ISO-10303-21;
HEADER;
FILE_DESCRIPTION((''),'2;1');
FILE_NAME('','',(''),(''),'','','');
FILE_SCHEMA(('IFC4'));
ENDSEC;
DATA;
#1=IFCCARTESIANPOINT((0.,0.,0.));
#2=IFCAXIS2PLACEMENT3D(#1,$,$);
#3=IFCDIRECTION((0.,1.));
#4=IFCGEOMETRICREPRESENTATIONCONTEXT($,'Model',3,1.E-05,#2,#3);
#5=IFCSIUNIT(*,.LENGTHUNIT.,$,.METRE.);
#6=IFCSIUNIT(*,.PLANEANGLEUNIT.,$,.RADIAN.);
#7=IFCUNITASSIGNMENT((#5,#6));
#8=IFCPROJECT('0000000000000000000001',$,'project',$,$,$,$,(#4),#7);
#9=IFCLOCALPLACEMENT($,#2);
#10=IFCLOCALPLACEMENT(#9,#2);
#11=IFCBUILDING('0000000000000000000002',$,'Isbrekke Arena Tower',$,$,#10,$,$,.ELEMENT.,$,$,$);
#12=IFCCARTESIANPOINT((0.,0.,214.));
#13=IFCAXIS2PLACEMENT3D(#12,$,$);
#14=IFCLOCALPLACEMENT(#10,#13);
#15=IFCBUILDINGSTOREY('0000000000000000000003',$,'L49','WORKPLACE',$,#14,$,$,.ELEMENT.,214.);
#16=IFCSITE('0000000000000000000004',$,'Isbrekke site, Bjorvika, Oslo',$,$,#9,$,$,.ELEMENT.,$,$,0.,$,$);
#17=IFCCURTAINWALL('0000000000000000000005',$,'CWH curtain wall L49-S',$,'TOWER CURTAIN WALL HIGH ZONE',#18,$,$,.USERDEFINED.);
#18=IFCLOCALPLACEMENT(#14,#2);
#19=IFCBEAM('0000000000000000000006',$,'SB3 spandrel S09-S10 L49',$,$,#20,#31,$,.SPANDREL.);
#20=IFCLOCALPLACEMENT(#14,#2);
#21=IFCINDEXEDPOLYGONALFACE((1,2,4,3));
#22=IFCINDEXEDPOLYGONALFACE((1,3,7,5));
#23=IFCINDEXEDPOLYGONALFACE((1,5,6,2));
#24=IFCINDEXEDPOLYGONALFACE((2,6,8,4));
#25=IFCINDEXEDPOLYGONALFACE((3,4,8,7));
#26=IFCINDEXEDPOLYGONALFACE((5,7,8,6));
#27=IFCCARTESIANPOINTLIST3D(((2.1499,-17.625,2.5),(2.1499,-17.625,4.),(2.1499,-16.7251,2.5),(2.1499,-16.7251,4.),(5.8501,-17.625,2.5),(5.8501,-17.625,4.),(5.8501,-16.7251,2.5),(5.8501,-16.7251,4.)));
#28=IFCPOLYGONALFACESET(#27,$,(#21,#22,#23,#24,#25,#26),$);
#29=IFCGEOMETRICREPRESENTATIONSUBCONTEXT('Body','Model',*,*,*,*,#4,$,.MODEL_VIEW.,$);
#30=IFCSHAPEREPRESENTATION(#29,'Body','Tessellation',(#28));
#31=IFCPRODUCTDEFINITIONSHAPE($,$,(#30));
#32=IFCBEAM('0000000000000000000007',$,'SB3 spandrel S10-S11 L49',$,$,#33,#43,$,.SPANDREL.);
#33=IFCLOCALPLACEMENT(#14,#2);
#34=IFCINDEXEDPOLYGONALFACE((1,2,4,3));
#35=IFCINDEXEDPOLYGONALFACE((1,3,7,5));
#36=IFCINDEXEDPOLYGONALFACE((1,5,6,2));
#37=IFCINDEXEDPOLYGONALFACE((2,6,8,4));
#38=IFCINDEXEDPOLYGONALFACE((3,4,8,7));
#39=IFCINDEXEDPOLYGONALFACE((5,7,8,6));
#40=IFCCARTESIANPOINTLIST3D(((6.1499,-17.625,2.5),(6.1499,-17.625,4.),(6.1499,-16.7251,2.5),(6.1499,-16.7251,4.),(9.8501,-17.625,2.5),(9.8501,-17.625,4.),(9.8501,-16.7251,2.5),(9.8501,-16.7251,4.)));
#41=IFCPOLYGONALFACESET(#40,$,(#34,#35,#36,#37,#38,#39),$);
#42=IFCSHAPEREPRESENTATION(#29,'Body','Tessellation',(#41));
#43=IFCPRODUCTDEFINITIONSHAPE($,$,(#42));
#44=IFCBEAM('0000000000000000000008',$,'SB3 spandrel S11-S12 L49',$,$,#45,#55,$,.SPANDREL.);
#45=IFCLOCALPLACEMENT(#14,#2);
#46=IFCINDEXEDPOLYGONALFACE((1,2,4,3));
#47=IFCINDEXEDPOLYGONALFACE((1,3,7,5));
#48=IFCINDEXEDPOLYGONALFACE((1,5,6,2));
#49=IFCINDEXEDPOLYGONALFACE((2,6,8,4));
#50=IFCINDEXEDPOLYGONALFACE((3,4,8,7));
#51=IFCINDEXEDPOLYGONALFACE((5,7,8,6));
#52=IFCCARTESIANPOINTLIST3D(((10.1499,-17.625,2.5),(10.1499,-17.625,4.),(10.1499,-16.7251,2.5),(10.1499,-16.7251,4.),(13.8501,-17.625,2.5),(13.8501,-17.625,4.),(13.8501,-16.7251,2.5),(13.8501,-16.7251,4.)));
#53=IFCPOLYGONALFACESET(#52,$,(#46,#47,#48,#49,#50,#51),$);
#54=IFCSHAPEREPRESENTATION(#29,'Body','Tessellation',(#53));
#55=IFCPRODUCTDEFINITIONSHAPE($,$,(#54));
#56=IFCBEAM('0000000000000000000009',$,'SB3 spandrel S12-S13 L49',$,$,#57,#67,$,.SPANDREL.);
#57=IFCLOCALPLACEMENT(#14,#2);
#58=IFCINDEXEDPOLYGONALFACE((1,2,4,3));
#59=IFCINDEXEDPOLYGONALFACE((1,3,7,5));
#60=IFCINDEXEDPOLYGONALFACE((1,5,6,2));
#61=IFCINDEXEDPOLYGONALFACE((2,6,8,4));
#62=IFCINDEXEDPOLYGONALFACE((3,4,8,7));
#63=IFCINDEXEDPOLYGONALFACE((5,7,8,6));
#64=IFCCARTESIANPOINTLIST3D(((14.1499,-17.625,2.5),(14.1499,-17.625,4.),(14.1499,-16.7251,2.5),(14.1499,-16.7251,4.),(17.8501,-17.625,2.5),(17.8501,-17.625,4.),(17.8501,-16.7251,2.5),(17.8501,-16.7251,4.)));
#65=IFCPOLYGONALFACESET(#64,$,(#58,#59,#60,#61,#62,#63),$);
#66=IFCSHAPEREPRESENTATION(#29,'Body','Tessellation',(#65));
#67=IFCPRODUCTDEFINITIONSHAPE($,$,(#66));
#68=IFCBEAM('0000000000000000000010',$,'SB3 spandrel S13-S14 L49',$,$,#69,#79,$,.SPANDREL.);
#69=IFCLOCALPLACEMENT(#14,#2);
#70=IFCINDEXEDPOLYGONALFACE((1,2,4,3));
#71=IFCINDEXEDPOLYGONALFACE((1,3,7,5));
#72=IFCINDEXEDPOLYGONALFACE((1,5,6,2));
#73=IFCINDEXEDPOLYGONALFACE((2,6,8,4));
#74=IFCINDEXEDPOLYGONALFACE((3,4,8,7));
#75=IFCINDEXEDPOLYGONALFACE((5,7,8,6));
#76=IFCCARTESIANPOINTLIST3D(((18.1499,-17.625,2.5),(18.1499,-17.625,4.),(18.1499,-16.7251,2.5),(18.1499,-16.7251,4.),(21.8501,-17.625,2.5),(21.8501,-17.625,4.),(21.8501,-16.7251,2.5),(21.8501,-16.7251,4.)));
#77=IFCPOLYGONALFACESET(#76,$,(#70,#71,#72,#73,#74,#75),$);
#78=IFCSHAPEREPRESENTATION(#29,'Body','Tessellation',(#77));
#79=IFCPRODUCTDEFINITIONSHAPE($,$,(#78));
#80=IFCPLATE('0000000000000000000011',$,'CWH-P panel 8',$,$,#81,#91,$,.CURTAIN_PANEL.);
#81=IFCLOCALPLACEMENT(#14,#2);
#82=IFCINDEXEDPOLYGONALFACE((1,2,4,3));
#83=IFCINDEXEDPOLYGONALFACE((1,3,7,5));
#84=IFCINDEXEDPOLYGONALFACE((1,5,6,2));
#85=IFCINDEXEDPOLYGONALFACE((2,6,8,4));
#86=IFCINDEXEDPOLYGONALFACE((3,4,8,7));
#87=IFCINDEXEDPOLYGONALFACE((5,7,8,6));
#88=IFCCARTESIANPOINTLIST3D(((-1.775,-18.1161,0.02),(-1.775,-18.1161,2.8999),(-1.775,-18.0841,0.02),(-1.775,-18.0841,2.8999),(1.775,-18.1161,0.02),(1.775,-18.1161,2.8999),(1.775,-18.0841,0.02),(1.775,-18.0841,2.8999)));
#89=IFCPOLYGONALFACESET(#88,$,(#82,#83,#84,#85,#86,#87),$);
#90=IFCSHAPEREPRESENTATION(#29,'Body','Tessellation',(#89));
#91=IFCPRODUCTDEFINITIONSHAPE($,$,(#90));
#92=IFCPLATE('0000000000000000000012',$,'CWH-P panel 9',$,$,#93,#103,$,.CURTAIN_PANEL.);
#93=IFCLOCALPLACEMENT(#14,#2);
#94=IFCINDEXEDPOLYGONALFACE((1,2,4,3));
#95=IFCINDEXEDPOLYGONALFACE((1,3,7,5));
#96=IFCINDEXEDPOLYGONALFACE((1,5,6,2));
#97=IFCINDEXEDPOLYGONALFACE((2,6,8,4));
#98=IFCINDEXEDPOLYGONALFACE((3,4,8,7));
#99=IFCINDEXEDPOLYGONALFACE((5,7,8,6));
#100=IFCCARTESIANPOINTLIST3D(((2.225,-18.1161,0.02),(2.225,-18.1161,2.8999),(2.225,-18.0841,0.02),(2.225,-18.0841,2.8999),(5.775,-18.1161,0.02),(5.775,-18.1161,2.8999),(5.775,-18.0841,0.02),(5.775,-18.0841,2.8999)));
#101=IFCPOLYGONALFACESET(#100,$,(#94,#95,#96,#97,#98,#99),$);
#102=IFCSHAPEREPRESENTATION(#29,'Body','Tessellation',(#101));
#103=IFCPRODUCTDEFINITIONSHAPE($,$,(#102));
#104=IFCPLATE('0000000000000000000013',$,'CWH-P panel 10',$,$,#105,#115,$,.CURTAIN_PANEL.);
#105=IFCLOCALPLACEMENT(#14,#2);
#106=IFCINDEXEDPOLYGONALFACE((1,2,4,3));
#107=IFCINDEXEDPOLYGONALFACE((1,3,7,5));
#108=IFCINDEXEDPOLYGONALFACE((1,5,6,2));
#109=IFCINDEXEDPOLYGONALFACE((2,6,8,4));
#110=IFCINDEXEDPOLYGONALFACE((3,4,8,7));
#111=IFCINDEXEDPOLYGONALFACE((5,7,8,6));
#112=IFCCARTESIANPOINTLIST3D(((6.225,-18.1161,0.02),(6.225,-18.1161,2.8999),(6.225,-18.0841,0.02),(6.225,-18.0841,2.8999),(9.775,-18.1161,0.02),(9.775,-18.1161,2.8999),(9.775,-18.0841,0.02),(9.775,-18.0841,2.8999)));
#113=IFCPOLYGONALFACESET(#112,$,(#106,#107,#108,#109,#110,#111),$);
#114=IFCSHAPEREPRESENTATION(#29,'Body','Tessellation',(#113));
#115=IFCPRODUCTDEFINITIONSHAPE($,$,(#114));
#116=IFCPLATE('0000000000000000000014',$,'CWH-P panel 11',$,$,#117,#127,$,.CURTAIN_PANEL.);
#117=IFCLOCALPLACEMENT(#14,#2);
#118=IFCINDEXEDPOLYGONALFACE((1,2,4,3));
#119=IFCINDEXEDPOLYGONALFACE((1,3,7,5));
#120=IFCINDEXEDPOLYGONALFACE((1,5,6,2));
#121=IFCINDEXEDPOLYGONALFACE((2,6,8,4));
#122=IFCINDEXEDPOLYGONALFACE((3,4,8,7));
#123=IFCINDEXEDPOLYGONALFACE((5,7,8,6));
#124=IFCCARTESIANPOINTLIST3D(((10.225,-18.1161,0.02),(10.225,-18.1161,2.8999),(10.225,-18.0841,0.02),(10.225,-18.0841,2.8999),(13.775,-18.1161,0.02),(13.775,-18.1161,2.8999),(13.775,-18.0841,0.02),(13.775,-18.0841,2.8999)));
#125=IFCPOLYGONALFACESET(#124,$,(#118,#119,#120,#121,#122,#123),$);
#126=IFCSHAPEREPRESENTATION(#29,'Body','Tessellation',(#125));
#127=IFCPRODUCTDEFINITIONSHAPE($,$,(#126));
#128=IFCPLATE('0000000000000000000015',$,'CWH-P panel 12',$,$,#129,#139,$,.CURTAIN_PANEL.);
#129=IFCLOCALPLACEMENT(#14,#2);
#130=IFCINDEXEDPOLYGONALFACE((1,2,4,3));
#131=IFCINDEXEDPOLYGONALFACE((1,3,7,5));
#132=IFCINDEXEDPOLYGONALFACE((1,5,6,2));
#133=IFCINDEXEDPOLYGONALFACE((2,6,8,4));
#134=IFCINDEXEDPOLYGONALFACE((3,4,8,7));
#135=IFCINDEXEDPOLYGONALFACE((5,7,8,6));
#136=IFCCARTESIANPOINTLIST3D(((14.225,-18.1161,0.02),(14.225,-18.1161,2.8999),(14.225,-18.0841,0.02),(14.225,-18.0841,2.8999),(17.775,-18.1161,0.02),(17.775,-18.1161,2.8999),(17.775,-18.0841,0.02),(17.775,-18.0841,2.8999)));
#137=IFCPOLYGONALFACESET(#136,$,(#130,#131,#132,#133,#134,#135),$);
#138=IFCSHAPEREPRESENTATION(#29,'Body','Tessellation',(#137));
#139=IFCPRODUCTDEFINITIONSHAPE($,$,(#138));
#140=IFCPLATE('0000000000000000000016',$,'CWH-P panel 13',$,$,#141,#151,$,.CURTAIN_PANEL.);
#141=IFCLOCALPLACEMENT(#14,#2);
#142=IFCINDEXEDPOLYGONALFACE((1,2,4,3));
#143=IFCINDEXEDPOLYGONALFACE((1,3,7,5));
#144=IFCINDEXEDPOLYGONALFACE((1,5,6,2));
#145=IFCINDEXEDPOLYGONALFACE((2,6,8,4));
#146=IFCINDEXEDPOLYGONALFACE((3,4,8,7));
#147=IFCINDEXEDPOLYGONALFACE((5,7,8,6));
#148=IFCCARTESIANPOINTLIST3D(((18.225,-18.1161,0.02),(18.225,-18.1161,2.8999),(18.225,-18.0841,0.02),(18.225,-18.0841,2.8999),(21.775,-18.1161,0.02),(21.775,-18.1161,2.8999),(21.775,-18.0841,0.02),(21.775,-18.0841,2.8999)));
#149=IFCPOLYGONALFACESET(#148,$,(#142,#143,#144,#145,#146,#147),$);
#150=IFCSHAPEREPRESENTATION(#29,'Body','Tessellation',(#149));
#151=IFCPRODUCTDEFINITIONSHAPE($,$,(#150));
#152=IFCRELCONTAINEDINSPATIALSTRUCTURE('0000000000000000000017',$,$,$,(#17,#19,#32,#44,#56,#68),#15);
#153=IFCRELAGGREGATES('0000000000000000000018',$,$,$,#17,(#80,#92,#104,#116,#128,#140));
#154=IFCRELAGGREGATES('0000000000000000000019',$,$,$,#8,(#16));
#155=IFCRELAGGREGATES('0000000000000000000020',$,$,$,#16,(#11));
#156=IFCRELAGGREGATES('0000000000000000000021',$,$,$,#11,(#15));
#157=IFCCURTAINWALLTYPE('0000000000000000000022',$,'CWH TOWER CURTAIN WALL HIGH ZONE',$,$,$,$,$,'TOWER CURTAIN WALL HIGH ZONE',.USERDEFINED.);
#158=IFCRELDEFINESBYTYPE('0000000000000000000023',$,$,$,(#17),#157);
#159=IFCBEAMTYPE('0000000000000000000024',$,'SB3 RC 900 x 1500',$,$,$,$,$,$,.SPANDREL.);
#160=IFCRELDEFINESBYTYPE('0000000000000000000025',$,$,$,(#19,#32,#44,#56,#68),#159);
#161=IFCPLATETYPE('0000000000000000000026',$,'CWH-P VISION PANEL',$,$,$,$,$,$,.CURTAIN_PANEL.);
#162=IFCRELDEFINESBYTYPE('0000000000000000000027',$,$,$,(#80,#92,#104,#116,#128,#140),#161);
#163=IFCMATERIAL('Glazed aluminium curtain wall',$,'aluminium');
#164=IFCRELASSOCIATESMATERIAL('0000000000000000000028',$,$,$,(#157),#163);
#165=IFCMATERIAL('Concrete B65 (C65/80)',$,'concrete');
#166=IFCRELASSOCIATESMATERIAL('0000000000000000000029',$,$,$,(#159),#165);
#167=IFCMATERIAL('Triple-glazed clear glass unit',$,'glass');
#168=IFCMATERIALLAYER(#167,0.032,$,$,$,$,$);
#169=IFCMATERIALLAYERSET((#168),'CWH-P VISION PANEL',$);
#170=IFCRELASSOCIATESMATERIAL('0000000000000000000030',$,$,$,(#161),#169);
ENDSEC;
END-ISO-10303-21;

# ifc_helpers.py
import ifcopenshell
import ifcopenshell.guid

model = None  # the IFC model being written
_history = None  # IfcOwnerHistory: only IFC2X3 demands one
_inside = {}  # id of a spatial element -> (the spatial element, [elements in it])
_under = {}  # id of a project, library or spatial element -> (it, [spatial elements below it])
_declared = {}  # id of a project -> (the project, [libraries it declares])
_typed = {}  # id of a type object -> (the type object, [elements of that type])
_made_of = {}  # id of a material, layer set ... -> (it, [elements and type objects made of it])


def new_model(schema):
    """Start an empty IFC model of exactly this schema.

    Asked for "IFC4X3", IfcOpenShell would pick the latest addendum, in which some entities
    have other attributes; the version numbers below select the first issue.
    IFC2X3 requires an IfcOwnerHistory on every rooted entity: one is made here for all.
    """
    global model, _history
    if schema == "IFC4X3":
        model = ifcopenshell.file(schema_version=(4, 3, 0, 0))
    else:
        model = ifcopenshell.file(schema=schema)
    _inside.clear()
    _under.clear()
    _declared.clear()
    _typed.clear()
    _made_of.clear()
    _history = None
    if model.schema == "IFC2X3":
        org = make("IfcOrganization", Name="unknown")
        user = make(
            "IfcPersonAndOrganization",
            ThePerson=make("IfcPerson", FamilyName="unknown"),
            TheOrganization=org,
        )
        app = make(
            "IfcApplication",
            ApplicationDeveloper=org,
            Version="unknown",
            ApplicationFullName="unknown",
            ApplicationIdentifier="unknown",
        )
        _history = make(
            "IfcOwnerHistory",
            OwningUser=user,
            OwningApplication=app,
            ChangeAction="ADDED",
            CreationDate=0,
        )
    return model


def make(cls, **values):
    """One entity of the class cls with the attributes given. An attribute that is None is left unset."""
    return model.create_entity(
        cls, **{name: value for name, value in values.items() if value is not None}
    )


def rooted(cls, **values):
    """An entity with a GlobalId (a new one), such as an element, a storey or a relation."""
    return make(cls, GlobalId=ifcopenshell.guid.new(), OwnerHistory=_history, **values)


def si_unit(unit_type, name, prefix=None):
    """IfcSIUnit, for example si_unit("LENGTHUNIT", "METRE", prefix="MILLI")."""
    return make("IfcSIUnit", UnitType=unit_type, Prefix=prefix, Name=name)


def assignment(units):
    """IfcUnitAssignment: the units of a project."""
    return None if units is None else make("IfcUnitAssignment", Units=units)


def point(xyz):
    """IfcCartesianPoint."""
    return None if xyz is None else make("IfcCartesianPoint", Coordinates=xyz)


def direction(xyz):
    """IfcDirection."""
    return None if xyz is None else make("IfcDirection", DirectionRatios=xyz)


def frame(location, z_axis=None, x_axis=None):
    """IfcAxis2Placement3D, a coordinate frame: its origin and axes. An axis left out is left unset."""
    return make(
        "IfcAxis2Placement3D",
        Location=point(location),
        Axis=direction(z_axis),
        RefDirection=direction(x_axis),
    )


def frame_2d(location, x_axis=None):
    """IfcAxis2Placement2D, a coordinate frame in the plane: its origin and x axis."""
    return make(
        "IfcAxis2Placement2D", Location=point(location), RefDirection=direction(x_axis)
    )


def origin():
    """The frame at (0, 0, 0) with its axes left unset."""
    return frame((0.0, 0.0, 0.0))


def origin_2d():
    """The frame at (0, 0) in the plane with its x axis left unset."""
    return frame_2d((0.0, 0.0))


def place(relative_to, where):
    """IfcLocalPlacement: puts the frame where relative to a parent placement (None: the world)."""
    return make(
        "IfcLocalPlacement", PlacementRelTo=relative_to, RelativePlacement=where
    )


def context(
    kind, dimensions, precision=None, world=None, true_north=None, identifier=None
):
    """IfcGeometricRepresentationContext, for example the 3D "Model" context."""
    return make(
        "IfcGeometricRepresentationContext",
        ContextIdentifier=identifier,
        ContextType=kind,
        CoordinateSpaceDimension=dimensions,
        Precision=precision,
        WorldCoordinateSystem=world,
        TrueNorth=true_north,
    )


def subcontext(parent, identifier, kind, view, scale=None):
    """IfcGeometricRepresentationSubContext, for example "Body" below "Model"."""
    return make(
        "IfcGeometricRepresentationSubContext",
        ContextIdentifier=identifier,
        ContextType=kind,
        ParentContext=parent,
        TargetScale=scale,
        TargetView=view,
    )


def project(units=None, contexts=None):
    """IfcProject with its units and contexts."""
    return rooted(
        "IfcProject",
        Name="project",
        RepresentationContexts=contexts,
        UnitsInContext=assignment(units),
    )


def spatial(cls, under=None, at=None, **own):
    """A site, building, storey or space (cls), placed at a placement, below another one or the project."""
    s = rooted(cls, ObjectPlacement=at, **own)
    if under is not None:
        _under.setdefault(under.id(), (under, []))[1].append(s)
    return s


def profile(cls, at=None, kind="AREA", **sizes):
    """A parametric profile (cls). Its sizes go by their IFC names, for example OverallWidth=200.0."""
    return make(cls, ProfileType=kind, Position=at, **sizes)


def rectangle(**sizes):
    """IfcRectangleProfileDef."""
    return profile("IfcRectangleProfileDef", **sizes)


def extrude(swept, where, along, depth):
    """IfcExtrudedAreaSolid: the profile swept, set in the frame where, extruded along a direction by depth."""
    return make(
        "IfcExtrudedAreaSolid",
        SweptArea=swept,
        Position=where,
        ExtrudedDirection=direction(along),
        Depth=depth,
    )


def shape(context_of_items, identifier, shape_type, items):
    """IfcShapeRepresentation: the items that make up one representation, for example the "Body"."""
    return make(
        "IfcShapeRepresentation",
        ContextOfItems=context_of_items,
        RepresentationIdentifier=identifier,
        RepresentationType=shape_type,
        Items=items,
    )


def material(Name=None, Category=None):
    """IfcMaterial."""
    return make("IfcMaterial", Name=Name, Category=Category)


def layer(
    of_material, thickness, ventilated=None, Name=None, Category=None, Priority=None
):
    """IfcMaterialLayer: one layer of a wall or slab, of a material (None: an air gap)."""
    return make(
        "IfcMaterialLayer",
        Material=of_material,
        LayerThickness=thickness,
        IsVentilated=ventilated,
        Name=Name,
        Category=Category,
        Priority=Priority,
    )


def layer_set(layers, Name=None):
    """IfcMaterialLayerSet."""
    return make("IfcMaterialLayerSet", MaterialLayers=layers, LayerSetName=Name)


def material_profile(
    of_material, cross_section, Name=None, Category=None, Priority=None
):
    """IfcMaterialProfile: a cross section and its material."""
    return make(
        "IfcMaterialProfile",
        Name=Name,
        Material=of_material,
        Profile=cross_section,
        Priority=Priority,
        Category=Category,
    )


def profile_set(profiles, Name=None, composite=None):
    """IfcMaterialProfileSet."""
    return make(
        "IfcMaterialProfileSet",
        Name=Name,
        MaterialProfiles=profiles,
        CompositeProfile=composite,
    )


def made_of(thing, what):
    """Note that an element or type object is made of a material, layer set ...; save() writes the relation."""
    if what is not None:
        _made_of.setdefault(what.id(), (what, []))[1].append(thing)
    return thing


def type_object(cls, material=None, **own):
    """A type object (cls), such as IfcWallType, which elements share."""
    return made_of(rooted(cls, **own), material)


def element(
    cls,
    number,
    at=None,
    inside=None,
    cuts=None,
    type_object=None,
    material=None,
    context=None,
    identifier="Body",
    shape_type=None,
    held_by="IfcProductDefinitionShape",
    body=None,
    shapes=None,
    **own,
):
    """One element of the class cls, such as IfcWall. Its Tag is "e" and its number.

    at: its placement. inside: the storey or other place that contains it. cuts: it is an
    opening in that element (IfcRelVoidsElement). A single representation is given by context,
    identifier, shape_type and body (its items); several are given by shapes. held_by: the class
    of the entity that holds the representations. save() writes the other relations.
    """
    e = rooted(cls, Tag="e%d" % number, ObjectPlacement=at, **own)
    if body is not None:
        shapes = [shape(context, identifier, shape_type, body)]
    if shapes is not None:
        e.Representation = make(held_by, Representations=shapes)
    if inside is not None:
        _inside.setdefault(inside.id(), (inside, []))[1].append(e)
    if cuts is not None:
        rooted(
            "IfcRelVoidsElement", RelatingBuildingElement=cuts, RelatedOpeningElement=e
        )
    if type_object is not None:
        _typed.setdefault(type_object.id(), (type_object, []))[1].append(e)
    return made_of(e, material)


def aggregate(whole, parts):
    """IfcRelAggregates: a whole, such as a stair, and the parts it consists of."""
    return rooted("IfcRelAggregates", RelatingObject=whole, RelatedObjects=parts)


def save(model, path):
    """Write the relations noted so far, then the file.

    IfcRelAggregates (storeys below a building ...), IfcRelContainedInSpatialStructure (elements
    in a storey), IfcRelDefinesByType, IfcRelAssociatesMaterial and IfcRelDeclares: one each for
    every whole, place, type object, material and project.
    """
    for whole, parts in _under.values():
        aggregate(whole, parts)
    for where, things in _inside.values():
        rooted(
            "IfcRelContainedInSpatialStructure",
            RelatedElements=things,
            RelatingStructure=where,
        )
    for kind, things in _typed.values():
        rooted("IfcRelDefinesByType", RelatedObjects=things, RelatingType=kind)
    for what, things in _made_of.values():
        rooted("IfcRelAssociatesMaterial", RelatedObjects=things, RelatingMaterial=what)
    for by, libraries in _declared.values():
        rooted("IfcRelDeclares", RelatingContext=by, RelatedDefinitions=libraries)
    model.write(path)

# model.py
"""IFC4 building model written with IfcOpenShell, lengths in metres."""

from ifc_helpers import new_model, si_unit, direction, frame, origin, origin_2d, place, context, subcontext, project, spatial, rectangle, extrude, material, layer, layer_set, material_profile, profile_set, type_object, element, aggregate, save


model = new_model("IFC4")

# Units and contexts
model_context = context("Model", 3, precision=1e-05, world=origin(), true_north=direction((0.0, 1.0)))
body_context = subcontext(model_context, "Body", "Model", "MODEL_VIEW")
ifc_project = project(units=[si_unit("LENGTHUNIT", "METRE"), si_unit("PLANEANGLEUNIT", "RADIAN")], contexts=[model_context])

# Site, building, storey
site_placement = place(None, origin())
site = spatial("IfcSite", under=ifc_project, at=site_placement, Name="Isbrekke site, Bjorvika, Oslo", CompositionType="ELEMENT", RefElevation=0.0)
building_placement = place(site_placement, origin())
building = spatial("IfcBuilding", under=site, at=building_placement, Name="Isbrekke Arena Tower", CompositionType="ELEMENT")
storey_placement = place(building_placement, frame((0.0, 0.0, 214.0)))
storey = spatial("IfcBuildingStorey", under=building, at=storey_placement, Name="L49", Description="WORKPLACE", CompositionType="ELEMENT", Elevation=214.0)

# Curtain wall
ifc_material_1 = material(Name="Glazed aluminium curtain wall", Category="aluminium")
curtain_wall_type = type_object("IfcCurtainWallType", Name="CWH TOWER CURTAIN WALL HIGH ZONE", ElementType="TOWER CURTAIN WALL HIGH ZONE", PredefinedType="USERDEFINED", material=ifc_material_1)
curtain_wall_placement = place(storey_placement, origin())
curtain_wall = element("IfcCurtainWall", 1, at=curtain_wall_placement, inside=storey, type_object=curtain_wall_type, Name="CWH curtain wall L49-S", ObjectType="TOWER CURTAIN WALL HIGH ZONE", PredefinedType="USERDEFINED")

# Beams
ifc_material_2 = material(Name="Concrete B65 (C65/80)", Category="concrete")
ifc_material_profile_1 = material_profile(ifc_material_2, rectangle(XDim=0.8999, YDim=1.5, at=origin_2d()), Name="RC 900x1500")
ifc_profile_set_1 = profile_set([ifc_material_profile_1], Name="Concrete B65 (C65/80)")
beam_type = type_object("IfcBeamType", Name="SB3 RC 900 x 1500", PredefinedType="SPANDREL", material=ifc_profile_set_1)
for number, where, z_axis, x_axis, name in (
    (2, (2.1499, -17.175, 3.25), (1.0, 0.0, 0.0), (0.0, 1.0, 0.0), "SB3 spandrel S09-S10 L49"),
    (3, (6.1499, -17.175, 3.25), (1.0, 0.0, 0.0), (0.0, 1.0, 0.0), "SB3 spandrel S10-S11 L49"),
    (4, (10.1499, -17.175, 3.25), (1.0, 0.0, 0.0), (0.0, 1.0, 0.0), "SB3 spandrel S11-S12 L49"),
    (5, (14.1499, -17.175, 3.25), (1.0, 0.0, 0.0), (0.0, 1.0, 0.0), "SB3 spandrel S12-S13 L49"),
    (6, (18.1499, -17.175, 3.25), (1.0, 0.0, 0.0), (0.0, 1.0, 0.0), "SB3 spandrel S13-S14 L49"),
):
    element("IfcBeam", number, at=place(storey_placement, frame(where, z_axis=z_axis, x_axis=x_axis)), inside=storey, type_object=beam_type, Name=name, PredefinedType="SPANDREL", context=body_context, shape_type="SweptSolid", body=[
        extrude(rectangle(XDim=0.8999, YDim=1.5, at=origin_2d()), origin(), (0.0, 0.0, 1.0), 3.7002),
    ])

# Plates
ifc_material_3 = material(Name="Triple-glazed clear glass unit", Category="glass")
ifc_layer = layer(ifc_material_3, 0.032)
ifc_layer_set = layer_set([ifc_layer], Name="CWH-P VISION PANEL")
plate_type = type_object("IfcPlateType", Name="CWH-P VISION PANEL", PredefinedType="CURTAIN_PANEL", material=ifc_layer_set)
plate_1_placement = place(storey_placement, frame((0.0, -18.1001, 0.02), z_axis=(0.0, 0.0, 1.0), x_axis=(1.0, 0.0, 0.0)))
plate_1 = element("IfcPlate", 7, at=plate_1_placement, type_object=plate_type, Name="CWH-P panel 8", PredefinedType="CURTAIN_PANEL", context=body_context, shape_type="SweptSolid", body=[
    extrude(rectangle(XDim=3.55, YDim=0.032, at=origin_2d()), origin(), (0.0, 0.0, 1.0), 2.8799),
])
plate_2_placement = place(storey_placement, frame((4.0, -18.1001, 0.02), z_axis=(0.0, 0.0, 1.0), x_axis=(1.0, 0.0, 0.0)))
plate_2 = element("IfcPlate", 8, at=plate_2_placement, type_object=plate_type, Name="CWH-P panel 9", PredefinedType="CURTAIN_PANEL", context=body_context, shape_type="SweptSolid", body=[
    extrude(rectangle(XDim=3.55, YDim=0.032, at=origin_2d()), origin(), (0.0, 0.0, 1.0), 2.8799),
])
plate_3_placement = place(storey_placement, frame((8.0, -18.1001, 0.02), z_axis=(0.0, 0.0, 1.0), x_axis=(1.0, 0.0, 0.0)))
plate_3 = element("IfcPlate", 9, at=plate_3_placement, type_object=plate_type, Name="CWH-P panel 10", PredefinedType="CURTAIN_PANEL", context=body_context, shape_type="SweptSolid", body=[
    extrude(rectangle(XDim=3.55, YDim=0.032, at=origin_2d()), origin(), (0.0, 0.0, 1.0), 2.8799),
])
plate_4_placement = place(storey_placement, frame((12.0, -18.1001, 0.02), z_axis=(0.0, 0.0, 1.0), x_axis=(1.0, 0.0, 0.0)))
plate_4 = element("IfcPlate", 10, at=plate_4_placement, type_object=plate_type, Name="CWH-P panel 11", PredefinedType="CURTAIN_PANEL", context=body_context, shape_type="SweptSolid", body=[
    extrude(rectangle(XDim=3.55, YDim=0.032, at=origin_2d()), origin(), (0.0, 0.0, 1.0), 2.8799),
])
plate_5_placement = place(storey_placement, frame((16.0, -18.1001, 0.02), z_axis=(0.0, 0.0, 1.0), x_axis=(1.0, 0.0, 0.0)))
plate_5 = element("IfcPlate", 11, at=plate_5_placement, type_object=plate_type, Name="CWH-P panel 12", PredefinedType="CURTAIN_PANEL", context=body_context, shape_type="SweptSolid", body=[
    extrude(rectangle(XDim=3.55, YDim=0.032, at=origin_2d()), origin(), (0.0, 0.0, 1.0), 2.8799),
])
plate_6_placement = place(storey_placement, frame((20.0, -18.1001, 0.02), z_axis=(0.0, 0.0, 1.0), x_axis=(1.0, 0.0, 0.0)))
plate_6 = element("IfcPlate", 12, at=plate_6_placement, type_object=plate_type, Name="CWH-P panel 13", PredefinedType="CURTAIN_PANEL", context=body_context, shape_type="SweptSolid", body=[
    extrude(rectangle(XDim=3.55, YDim=0.032, at=origin_2d()), origin(), (0.0, 0.0, 1.0), 2.8799),
])
aggregate(curtain_wall, [plate_1, plate_2, plate_3, plate_4, plate_5, plate_6])

save(model, "model.ifc")
